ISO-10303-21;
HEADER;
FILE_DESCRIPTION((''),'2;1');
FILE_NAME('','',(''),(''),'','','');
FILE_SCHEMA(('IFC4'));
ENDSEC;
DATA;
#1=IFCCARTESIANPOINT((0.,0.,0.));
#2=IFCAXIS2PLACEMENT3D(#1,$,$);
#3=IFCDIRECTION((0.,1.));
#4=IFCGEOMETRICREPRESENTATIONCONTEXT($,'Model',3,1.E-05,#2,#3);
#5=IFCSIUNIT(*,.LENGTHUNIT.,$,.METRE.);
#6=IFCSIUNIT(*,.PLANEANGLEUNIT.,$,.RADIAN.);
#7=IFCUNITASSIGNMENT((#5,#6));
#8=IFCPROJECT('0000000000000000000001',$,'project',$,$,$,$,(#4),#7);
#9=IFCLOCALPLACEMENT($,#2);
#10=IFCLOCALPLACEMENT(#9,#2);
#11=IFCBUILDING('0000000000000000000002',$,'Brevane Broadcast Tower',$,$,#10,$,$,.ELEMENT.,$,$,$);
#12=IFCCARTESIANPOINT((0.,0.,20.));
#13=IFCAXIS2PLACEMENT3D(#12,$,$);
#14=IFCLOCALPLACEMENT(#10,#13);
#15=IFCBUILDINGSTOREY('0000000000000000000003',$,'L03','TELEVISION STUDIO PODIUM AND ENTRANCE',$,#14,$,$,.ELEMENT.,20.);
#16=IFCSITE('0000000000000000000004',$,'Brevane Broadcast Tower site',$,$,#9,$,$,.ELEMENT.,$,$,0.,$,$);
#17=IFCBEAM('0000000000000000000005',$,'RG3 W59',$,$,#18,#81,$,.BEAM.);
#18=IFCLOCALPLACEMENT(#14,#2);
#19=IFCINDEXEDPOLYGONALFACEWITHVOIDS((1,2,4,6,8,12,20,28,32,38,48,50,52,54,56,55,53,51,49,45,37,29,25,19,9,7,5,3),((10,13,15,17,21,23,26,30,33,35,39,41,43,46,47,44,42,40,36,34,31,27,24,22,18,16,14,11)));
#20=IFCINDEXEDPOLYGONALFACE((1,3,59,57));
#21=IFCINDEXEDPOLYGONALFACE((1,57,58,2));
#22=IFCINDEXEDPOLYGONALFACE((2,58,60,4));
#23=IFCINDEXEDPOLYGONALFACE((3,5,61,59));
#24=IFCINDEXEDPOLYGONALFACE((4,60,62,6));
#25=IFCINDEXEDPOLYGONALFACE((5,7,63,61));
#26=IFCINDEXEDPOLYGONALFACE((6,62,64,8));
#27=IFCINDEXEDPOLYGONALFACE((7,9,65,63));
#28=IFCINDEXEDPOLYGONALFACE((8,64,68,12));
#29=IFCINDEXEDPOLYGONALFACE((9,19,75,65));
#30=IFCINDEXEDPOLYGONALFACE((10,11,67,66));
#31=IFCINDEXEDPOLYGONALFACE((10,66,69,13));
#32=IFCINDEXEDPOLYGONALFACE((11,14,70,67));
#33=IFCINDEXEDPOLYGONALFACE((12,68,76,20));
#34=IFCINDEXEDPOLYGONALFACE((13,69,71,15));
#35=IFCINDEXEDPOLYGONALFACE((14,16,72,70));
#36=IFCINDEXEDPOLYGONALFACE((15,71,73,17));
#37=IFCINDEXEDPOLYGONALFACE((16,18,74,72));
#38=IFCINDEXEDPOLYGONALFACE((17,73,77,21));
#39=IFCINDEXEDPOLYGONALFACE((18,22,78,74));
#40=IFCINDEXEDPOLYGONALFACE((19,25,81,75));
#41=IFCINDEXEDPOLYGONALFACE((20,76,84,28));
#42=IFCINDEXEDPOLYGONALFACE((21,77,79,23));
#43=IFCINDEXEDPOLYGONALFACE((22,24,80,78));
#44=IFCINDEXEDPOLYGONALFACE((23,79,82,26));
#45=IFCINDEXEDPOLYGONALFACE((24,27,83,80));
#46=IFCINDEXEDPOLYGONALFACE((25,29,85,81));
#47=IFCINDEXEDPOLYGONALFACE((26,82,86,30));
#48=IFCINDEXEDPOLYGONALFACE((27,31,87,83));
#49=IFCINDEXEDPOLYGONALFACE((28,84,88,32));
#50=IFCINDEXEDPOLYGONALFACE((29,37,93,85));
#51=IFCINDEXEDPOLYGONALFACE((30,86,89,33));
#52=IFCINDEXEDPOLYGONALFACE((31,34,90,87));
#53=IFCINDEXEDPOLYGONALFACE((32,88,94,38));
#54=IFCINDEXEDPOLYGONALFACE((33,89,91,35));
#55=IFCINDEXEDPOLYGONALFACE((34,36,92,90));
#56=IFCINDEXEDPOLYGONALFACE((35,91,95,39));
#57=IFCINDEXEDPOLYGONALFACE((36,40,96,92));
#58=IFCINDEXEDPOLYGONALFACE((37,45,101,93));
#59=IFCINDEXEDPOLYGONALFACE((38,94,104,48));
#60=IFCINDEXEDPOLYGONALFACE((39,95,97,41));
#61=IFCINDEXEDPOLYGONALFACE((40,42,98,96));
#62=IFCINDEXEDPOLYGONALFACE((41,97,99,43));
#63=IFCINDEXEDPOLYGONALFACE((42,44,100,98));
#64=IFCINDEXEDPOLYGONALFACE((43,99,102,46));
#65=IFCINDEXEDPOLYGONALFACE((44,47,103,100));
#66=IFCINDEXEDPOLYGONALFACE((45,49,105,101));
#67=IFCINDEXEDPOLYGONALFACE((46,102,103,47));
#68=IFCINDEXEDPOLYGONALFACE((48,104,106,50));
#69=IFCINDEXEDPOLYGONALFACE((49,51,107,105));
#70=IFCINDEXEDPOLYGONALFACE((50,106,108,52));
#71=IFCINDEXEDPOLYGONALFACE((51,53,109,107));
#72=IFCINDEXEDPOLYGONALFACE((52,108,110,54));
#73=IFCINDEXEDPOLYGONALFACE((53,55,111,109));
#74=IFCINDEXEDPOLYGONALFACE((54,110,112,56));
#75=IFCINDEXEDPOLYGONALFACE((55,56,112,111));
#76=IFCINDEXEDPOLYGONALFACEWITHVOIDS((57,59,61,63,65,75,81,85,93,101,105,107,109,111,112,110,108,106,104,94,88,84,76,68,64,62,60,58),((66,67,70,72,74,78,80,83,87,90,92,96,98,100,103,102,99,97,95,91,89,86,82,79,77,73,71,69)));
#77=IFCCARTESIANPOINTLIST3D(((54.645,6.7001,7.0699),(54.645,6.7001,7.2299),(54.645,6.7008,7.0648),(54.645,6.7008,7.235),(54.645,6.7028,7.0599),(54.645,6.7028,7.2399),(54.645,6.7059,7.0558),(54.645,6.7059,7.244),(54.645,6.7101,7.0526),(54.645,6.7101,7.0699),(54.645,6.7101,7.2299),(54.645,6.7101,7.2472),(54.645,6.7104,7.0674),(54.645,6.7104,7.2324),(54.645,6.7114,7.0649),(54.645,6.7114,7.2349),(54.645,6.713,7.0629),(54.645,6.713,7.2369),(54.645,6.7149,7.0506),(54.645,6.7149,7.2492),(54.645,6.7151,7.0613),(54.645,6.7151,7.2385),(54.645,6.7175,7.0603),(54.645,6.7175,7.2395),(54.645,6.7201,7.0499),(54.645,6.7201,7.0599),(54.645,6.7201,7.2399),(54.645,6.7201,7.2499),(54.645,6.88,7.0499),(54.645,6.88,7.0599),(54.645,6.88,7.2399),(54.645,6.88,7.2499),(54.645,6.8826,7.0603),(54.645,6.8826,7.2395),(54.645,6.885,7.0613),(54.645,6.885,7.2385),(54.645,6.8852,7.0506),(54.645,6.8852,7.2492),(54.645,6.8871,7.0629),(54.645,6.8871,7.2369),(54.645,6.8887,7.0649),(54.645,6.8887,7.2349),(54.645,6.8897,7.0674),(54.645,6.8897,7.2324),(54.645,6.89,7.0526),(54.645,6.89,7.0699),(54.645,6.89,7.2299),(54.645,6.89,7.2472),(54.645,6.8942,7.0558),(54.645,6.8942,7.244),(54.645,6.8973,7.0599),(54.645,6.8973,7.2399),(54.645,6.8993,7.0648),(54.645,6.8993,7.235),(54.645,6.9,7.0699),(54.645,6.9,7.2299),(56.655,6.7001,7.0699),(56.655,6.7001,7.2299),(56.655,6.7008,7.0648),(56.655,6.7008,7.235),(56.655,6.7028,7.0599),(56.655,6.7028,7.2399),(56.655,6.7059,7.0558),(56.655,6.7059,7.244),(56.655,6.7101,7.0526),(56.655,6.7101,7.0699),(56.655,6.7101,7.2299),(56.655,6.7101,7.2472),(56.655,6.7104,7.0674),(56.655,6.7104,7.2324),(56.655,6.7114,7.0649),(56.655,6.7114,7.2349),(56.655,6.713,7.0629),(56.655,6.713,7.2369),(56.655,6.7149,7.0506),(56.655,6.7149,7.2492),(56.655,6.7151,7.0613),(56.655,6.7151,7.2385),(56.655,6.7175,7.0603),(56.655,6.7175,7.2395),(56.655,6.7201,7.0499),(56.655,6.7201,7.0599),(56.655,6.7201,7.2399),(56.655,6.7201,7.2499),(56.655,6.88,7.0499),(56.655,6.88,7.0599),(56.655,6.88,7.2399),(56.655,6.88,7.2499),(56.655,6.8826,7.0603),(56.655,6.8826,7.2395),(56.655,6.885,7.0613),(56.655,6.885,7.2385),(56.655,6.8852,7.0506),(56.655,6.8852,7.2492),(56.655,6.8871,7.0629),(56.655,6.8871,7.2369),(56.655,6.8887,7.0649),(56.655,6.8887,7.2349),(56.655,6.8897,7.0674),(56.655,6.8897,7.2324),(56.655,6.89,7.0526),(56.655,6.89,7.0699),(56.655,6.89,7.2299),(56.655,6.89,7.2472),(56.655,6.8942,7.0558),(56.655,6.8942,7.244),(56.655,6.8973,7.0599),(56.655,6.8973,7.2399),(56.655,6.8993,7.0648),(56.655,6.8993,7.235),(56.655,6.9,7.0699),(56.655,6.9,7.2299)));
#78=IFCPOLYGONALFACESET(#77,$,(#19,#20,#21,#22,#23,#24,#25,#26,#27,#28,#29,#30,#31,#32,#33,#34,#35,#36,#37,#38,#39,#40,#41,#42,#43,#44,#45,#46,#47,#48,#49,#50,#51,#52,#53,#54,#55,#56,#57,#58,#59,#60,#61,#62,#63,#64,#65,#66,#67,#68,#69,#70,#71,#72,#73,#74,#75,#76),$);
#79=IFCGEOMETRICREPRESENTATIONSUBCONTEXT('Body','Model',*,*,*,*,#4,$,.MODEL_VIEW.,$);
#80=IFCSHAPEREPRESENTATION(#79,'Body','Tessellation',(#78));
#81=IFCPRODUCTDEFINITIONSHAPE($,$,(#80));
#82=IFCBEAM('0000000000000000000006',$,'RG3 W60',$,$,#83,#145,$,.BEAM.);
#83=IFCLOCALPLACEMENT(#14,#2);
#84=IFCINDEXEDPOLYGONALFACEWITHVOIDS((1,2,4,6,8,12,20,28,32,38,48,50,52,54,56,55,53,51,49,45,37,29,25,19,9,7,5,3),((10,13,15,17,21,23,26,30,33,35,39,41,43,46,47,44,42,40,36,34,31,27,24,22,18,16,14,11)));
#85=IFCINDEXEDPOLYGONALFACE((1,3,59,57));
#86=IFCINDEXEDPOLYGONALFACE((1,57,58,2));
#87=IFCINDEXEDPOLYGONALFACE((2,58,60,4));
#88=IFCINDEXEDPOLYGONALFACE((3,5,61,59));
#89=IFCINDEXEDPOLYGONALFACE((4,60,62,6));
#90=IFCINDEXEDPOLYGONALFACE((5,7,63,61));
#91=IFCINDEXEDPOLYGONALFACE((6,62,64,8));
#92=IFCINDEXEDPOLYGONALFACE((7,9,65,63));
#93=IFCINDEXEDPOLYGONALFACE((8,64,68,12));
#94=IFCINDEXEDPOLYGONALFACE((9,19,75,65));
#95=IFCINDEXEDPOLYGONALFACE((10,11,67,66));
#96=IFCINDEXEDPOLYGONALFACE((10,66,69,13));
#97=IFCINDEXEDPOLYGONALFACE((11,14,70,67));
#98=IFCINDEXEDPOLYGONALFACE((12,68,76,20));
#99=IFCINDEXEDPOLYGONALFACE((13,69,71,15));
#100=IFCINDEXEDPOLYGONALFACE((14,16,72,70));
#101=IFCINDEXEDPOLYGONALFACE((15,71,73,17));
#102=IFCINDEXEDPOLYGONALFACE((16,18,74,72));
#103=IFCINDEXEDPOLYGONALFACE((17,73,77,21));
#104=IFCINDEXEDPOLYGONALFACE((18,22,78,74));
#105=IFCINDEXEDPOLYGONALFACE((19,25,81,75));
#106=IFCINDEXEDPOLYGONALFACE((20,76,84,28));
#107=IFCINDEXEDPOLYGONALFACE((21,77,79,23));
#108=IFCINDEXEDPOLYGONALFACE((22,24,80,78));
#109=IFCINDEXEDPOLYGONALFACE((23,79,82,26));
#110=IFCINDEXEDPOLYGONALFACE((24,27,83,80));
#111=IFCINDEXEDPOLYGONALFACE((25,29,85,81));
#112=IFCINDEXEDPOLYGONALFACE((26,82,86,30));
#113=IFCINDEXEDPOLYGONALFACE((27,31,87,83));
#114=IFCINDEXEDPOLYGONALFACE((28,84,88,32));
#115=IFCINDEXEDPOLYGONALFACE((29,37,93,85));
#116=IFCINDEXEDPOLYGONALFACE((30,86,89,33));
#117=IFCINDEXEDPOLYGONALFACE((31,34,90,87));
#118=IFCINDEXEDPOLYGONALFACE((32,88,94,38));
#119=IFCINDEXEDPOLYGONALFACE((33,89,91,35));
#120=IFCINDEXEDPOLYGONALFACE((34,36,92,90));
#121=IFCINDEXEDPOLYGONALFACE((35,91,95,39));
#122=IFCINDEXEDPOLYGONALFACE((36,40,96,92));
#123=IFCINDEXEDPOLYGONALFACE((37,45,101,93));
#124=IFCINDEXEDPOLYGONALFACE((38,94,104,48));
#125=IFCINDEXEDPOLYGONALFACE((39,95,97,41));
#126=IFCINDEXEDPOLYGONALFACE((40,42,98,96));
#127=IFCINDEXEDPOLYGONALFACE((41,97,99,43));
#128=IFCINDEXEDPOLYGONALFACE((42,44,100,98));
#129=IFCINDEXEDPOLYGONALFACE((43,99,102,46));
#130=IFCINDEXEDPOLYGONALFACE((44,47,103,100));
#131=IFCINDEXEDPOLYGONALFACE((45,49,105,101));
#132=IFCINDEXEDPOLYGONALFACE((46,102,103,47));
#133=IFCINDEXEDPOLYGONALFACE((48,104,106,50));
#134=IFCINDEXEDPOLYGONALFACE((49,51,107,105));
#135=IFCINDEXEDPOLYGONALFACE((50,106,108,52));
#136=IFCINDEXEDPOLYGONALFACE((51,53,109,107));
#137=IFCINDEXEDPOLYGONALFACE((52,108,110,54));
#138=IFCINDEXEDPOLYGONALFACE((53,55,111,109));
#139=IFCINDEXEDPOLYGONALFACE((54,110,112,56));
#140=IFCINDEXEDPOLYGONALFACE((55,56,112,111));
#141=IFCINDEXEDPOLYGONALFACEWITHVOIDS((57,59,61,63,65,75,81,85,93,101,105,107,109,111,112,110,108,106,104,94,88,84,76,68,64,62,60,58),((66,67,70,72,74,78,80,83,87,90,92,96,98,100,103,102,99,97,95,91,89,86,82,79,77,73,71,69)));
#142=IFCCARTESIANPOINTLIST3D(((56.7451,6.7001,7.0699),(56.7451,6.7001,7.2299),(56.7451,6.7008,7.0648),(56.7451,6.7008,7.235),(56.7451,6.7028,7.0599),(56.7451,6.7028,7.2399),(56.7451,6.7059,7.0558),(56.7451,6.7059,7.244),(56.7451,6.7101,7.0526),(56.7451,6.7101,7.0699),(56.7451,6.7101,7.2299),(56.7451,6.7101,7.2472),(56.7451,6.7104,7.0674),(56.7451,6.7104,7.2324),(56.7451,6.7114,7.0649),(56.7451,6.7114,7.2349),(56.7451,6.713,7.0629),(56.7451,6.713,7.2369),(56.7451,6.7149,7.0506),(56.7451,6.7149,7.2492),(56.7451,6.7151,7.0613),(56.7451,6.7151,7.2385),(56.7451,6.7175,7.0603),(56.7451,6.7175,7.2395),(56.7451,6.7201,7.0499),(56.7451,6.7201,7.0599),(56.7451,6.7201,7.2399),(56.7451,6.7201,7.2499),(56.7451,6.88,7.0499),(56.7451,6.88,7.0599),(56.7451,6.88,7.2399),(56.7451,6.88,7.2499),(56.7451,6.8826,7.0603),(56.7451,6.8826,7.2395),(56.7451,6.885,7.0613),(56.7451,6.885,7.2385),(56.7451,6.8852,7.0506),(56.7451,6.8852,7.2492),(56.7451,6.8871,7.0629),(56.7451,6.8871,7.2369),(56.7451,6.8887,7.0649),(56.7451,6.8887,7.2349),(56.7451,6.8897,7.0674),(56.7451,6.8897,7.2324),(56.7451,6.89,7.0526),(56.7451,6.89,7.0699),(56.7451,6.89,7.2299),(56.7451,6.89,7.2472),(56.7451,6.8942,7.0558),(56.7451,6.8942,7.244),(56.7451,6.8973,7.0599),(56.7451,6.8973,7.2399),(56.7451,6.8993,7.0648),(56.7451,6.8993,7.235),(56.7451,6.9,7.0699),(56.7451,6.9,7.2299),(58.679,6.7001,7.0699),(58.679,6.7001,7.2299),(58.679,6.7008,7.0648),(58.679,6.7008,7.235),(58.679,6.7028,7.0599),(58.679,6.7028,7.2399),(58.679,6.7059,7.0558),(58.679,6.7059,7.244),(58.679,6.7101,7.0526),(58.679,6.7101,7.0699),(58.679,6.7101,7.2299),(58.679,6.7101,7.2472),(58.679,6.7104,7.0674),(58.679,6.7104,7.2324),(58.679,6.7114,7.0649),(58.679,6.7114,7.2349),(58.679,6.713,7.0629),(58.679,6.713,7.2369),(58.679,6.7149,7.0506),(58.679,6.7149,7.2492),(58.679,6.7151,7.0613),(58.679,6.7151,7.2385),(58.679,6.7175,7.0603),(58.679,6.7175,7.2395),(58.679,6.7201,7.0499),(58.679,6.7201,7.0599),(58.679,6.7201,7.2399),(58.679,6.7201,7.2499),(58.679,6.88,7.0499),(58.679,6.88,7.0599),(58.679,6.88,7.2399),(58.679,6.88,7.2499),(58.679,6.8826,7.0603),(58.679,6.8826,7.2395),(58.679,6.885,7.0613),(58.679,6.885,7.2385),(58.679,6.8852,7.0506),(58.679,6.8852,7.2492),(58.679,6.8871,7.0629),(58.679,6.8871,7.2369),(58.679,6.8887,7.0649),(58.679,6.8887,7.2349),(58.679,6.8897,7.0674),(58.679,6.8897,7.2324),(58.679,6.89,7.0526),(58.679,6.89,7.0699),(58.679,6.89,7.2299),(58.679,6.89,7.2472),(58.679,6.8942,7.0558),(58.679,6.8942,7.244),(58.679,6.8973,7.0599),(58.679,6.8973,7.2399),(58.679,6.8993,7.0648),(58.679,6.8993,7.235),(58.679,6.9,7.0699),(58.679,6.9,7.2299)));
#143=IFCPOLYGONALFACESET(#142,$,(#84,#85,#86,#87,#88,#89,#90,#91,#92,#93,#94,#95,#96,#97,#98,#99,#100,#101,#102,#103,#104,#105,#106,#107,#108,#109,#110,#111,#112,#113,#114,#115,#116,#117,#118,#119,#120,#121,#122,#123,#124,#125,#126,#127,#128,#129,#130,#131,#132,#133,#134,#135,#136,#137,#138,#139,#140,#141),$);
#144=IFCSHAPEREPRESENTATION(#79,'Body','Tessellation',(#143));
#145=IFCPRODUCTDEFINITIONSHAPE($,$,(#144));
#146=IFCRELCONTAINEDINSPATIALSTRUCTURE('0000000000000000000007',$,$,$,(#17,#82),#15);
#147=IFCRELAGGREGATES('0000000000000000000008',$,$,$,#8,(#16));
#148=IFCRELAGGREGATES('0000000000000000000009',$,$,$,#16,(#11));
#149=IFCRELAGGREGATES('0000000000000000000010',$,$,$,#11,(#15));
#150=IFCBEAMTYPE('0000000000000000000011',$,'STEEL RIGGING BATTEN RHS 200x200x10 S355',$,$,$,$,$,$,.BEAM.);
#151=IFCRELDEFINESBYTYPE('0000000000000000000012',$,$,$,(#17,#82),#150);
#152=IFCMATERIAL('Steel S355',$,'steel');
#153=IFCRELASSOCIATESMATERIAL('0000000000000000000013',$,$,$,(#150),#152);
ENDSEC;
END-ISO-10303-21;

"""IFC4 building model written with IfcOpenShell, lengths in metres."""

from ifc_helpers import new_model, si_unit, direction, frame, origin, origin_2d, place, context, subcontext, project, spatial, hollow_rectangle, extrude, material, material_profile, profile_set, type_object, element, save


model = new_model("IFC4")

# Units and contexts
model_context = context("Model", 3, precision=1e-05, world=origin(), true_north=direction((0.0, 1.0)))
body_context = subcontext(model_context, "Body", "Model", "MODEL_VIEW")
ifc_project = project(units=[si_unit("LENGTHUNIT", "METRE"), si_unit("PLANEANGLEUNIT", "RADIAN")], contexts=[model_context])

# Site, building, storey
site_placement = place(None, origin())
site = spatial("IfcSite", under=ifc_project, at=site_placement, Name="Brevane Broadcast Tower site", CompositionType="ELEMENT", RefElevation=0.0)
building_placement = place(site_placement, origin())
building = spatial("IfcBuilding", under=site, at=building_placement, Name="Brevane Broadcast Tower", CompositionType="ELEMENT")
storey_placement = place(building_placement, frame((0.0, 0.0, 20.0)))
storey = spatial("IfcBuildingStorey", under=building, at=storey_placement, Name="L03", Description="TELEVISION STUDIO PODIUM AND ENTRANCE", CompositionType="ELEMENT", Elevation=20.0)

# Beams
ifc_material_1 = material(Name="Steel S355", Category="steel")
ifc_material_profile_1 = material_profile(ifc_material_1, hollow_rectangle(XDim=0.2, YDim=0.2, WallThickness=0.01, InnerFilletRadius=0.01, OuterFilletRadius=0.02, at=origin_2d()), Name="RHS 200x200x10")
ifc_profile_set_1 = profile_set([ifc_material_profile_1], Name="Steel S355")
beam_type_1 = type_object("IfcBeamType", Name="STEEL RIGGING BATTEN RHS 200x200x10 S355", PredefinedType="BEAM", material=ifc_profile_set_1)
for number, where, z_axis, x_axis, name in (
    (1, (54.645, 6.8, 7.1499), (1.0, 0.0, 0.0), (0.0, 1.0, 0.0), "RG3 W59"),
):
    element("IfcBeam", number, at=place(storey_placement, frame(where, z_axis=z_axis, x_axis=x_axis)), inside=storey, type_object=beam_type_1, Name=name, PredefinedType="BEAM", context=body_context, shape_type="SweptSolid", body=[
        extrude(hollow_rectangle(XDim=0.2, YDim=0.2, WallThickness=0.01, InnerFilletRadius=0.01, OuterFilletRadius=0.02, at=origin_2d()), origin(), (0.0, 0.0, 1.0), 2.01),
    ])
beam_1_placement = place(storey_placement, frame((56.7451, 6.8, 7.1499), z_axis=(1.0, 0.0, 0.0), x_axis=(0.0, 1.0, 0.0)))
element("IfcBeam", 2, at=beam_1_placement, inside=storey, type_object=beam_type_1, Name="RG3 W60", PredefinedType="BEAM", context=body_context, shape_type="SweptSolid", body=[
    extrude(hollow_rectangle(XDim=0.2, YDim=0.2, WallThickness=0.01, InnerFilletRadius=0.01, OuterFilletRadius=0.02, at=origin_2d()), origin(), (0.0, 0.0, 1.0), 1.9338),
])

save(model, "model.ifc")
